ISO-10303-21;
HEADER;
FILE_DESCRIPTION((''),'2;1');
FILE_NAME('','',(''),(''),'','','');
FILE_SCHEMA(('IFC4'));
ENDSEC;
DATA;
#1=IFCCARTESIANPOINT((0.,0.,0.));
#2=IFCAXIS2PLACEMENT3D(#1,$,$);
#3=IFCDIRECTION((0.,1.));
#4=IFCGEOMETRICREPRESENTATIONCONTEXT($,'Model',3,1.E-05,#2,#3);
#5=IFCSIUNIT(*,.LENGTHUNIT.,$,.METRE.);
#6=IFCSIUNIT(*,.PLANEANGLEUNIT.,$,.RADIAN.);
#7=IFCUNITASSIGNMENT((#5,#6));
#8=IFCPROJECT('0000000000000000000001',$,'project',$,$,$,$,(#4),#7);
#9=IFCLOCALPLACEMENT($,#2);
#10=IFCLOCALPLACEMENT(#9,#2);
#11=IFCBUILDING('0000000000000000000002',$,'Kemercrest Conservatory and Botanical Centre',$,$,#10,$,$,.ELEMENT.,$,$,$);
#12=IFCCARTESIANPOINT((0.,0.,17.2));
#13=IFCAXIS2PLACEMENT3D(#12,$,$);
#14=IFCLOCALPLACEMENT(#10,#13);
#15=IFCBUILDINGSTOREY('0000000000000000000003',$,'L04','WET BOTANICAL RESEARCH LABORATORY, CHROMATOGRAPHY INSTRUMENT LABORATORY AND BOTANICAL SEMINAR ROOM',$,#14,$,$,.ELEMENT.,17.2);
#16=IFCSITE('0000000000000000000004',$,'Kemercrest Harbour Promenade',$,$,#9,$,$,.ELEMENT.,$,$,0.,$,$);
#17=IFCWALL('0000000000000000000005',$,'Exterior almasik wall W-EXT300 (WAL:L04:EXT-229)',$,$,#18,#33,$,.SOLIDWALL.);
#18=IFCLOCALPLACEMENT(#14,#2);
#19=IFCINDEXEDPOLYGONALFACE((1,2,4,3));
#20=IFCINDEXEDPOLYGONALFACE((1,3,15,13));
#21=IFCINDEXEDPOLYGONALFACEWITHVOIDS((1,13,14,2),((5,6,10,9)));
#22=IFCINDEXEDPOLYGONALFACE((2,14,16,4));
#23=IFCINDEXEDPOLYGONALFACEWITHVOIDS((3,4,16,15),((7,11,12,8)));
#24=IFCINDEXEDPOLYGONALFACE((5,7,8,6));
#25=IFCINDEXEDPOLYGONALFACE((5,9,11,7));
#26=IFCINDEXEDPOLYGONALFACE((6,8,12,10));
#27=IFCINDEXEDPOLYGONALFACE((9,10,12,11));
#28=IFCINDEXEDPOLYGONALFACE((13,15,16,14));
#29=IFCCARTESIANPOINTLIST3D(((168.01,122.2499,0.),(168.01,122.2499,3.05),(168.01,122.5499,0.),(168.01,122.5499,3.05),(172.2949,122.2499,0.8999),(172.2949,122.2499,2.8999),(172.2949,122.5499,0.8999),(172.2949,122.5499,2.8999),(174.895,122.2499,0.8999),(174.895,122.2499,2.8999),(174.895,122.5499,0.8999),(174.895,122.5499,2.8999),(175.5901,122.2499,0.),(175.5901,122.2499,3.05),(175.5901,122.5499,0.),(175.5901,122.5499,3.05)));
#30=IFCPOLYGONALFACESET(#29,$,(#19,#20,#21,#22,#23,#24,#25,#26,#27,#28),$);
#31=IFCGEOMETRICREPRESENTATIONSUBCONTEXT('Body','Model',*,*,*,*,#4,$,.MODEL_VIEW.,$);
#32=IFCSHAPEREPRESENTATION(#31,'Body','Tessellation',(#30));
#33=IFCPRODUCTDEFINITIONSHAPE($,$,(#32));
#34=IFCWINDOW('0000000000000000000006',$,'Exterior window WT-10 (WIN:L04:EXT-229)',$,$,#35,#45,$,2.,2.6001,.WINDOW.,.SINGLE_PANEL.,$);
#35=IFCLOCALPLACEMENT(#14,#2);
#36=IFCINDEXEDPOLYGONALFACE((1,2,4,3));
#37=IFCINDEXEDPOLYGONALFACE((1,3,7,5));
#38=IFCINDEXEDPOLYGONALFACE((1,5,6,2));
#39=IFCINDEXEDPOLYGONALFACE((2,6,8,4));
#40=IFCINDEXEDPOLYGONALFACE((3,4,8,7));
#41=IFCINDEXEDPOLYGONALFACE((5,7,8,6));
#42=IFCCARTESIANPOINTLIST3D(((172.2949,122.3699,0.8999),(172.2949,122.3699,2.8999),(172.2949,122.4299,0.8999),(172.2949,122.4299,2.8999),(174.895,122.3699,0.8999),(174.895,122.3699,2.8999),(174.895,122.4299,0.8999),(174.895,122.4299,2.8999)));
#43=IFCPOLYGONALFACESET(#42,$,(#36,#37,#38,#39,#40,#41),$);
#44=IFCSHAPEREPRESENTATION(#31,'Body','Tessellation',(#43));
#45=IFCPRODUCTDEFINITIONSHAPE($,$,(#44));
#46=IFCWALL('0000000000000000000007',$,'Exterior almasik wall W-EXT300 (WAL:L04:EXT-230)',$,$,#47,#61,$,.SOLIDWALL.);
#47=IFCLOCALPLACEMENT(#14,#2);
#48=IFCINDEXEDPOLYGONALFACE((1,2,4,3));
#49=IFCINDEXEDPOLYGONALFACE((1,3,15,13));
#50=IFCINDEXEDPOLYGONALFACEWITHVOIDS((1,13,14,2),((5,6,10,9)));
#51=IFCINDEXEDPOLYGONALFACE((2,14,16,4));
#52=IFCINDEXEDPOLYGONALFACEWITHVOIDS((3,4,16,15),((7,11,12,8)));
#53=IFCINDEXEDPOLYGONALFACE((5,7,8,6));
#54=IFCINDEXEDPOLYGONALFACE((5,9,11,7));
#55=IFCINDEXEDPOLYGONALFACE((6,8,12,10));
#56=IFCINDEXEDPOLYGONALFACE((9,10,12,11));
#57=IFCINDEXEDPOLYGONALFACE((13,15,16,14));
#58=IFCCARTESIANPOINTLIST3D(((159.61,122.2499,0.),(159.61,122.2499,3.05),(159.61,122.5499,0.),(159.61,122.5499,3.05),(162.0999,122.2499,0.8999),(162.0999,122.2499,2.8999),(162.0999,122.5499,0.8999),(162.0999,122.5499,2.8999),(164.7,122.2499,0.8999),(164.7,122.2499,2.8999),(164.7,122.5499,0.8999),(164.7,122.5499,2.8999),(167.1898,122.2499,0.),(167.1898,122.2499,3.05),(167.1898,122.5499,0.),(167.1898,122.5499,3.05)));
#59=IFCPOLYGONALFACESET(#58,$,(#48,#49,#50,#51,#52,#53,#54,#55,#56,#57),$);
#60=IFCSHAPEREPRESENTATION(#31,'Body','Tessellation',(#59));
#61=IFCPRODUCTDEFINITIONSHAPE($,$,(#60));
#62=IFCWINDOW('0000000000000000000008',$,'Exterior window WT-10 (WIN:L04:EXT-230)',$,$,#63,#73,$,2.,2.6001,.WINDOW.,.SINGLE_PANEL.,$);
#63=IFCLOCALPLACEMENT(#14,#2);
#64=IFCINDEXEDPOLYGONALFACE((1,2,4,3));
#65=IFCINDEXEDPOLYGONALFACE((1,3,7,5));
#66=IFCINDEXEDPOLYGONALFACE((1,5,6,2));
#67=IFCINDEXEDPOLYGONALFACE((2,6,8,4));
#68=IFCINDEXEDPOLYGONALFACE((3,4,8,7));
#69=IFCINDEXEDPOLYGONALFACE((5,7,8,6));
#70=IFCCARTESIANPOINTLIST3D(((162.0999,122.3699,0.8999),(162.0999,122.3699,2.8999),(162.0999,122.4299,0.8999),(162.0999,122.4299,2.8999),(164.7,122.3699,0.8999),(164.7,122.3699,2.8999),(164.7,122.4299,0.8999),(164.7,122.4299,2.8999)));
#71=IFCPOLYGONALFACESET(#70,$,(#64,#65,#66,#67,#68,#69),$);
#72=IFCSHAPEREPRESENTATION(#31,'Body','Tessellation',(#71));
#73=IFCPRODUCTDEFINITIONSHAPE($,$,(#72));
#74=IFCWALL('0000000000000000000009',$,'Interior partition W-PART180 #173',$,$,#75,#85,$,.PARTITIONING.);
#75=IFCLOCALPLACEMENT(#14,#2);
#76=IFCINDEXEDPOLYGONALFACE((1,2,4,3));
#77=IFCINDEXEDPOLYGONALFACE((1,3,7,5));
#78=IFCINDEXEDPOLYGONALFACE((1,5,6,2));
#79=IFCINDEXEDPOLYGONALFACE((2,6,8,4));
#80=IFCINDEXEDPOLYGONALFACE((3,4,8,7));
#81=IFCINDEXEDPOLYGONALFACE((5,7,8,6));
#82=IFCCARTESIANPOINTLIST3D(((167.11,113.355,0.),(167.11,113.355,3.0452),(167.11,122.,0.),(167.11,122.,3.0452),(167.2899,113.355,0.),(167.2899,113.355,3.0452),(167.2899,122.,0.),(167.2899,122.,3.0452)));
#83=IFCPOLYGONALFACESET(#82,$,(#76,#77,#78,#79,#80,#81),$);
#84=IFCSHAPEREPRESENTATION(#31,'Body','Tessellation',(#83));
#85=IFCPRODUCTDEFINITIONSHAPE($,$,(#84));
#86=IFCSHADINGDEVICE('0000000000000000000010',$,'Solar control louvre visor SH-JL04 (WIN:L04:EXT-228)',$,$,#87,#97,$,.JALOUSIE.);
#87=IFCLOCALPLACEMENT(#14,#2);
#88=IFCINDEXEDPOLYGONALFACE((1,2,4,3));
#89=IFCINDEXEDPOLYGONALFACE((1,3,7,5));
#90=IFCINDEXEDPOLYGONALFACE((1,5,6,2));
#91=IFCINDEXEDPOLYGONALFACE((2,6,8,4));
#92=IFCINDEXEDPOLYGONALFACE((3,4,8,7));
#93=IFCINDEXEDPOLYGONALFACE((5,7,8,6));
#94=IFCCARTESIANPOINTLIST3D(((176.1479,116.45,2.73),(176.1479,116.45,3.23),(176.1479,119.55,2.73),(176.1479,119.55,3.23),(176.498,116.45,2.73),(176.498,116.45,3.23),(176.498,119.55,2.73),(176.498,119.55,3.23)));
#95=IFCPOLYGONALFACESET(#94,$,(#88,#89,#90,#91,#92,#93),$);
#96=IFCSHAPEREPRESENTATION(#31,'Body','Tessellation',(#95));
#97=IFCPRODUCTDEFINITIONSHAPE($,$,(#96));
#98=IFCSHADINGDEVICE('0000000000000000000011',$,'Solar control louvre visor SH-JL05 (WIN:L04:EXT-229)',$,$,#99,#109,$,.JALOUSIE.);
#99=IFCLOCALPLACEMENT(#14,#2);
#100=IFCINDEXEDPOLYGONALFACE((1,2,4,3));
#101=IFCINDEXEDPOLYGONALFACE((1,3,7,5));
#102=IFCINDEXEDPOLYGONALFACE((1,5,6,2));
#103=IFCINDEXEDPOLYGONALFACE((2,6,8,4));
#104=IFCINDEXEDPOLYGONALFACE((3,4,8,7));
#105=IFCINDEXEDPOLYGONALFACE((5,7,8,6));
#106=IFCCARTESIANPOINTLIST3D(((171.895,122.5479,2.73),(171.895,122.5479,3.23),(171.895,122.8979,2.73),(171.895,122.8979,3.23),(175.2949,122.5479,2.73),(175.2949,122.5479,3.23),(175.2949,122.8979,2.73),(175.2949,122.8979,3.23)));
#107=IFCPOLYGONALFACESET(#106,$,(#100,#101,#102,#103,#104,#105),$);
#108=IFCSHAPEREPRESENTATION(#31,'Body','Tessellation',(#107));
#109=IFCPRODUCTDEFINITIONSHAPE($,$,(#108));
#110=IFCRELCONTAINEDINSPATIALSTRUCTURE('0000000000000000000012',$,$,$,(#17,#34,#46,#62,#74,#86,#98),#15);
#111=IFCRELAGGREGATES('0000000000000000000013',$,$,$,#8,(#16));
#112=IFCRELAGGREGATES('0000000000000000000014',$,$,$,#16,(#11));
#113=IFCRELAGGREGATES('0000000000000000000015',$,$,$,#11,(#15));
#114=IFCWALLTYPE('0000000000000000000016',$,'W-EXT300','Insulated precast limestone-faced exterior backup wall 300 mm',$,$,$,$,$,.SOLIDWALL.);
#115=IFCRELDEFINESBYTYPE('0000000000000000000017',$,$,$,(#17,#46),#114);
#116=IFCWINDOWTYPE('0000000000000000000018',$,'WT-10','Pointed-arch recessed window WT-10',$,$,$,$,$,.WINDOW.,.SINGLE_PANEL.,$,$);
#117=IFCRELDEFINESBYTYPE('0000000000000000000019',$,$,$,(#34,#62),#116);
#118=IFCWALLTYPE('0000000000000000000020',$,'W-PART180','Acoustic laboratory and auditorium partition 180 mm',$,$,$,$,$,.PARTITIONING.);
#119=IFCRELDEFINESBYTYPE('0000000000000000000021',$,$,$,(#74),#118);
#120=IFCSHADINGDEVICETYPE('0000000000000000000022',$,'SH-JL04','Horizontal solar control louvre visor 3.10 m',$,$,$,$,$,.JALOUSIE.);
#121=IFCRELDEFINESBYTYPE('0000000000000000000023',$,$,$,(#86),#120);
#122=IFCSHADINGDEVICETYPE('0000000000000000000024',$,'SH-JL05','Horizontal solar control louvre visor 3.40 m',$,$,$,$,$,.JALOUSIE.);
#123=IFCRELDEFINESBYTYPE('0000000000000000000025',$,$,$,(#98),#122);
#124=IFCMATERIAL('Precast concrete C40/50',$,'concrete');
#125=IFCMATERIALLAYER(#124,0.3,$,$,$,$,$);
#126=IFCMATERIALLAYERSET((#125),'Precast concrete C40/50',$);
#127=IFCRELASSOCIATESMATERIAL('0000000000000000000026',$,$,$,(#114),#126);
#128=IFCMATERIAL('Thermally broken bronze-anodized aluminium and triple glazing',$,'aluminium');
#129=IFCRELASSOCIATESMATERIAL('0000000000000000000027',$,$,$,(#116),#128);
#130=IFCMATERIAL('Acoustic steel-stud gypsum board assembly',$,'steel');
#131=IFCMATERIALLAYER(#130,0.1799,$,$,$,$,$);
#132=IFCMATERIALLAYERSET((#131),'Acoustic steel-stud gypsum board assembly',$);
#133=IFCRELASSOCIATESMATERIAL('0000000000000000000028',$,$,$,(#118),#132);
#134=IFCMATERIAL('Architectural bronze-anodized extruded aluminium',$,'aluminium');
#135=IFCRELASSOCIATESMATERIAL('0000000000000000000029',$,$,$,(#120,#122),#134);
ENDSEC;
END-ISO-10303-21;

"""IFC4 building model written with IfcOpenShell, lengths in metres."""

from ifc_helpers import new_model, si_unit, direction, frame, frame_2d, origin, origin_2d, place, context, subcontext, project, spatial, rectangle, extrude, material, layer, layer_set, type_object, element, fill, save


model = new_model("IFC4")

# Units and contexts
model_context = context("Model", 3, precision=1e-05, world=origin(), true_north=direction((0.0, 1.0)))
body_context = subcontext(model_context, "Body", "Model", "MODEL_VIEW")
ifc_project = project(units=[si_unit("LENGTHUNIT", "METRE"), si_unit("PLANEANGLEUNIT", "RADIAN")], contexts=[model_context])

# Site, building, storey
site_placement = place(None, origin())
site = spatial("IfcSite", under=ifc_project, at=site_placement, Name="Kemercrest Harbour Promenade", CompositionType="ELEMENT", RefElevation=0.0)
building_placement = place(site_placement, origin())
building = spatial("IfcBuilding", under=site, at=building_placement, Name="Kemercrest Conservatory and Botanical Centre", CompositionType="ELEMENT")
storey_placement = place(building_placement, frame((0.0, 0.0, 17.2)))
storey = spatial("IfcBuildingStorey", under=building, at=storey_placement, Name="L04", Description="WET BOTANICAL RESEARCH LABORATORY, CHROMATOGRAPHY INSTRUMENT LABORATORY AND BOTANICAL SEMINAR ROOM", CompositionType="ELEMENT", Elevation=17.2)

# Walls, openings, windows
ifc_material_1 = material(Name="Precast concrete C40/50", Category="concrete")
ifc_layer_1 = layer(ifc_material_1, 0.3)
ifc_layer_set_1 = layer_set([ifc_layer_1], Name="Precast concrete C40/50")
wall_type_1 = type_object("IfcWallType", Name="W-EXT300", Description="Insulated precast limestone-faced exterior backup wall 300 mm", PredefinedType="SOLIDWALL", material=ifc_layer_set_1)
ifc_material_2 = material(Name="Thermally broken bronze-anodized aluminium and triple glazing", Category="aluminium")
window_type = type_object("IfcWindowType", Name="WT-10", Description="Pointed-arch recessed window WT-10", PartitioningType="SINGLE_PANEL", PredefinedType="WINDOW", material=ifc_material_2)
wall_1_placement = place(storey_placement, frame((175.5901, 122.3999, 0.0), z_axis=(0.0, 0.0, 1.0), x_axis=(-1.0, 0.0, 0.0)))
wall_1 = element("IfcWall", 1, at=wall_1_placement, inside=storey, type_object=wall_type_1, Name="Exterior almasik wall W-EXT300 (WAL:L04:EXT-229)", PredefinedType="SOLIDWALL", context=body_context, shape_type="SweptSolid", body=[
    extrude(rectangle(XDim=7.5801, YDim=0.3, at=frame_2d((3.79, 0.0))), origin(), (0.0, 0.0, 1.0), 3.05),
])
opening_1_placement = place(wall_1_placement, frame((0.6951, 0.0, 0.8999)))
opening_1 = element("IfcOpeningElement", 2, at=opening_1_placement, cuts=wall_1, PredefinedType="OPENING", context=body_context, shape_type="SweptSolid", body=[
    extrude(rectangle(XDim=2.6001, YDim=2.0, at=frame_2d((1.3, 1.0))), frame((0.0, 0.1602, 0.0), z_axis=(0.0, -1.0, 0.0), x_axis=(1.0, 0.0, 0.0)), (0.0, 0.0, 1.0), 0.3201),
])
window_1_placement = place(opening_1_placement, origin())
window_1 = element("IfcWindow", 3, at=window_1_placement, inside=storey, type_object=window_type, Name="Exterior window WT-10 (WIN:L04:EXT-229)", OverallHeight=2.0, OverallWidth=2.6001, PartitioningType="SINGLE_PANEL", PredefinedType="WINDOW", context=body_context, shape_type="SweptSolid", body=[
    extrude(rectangle(XDim=2.6001, YDim=2.0, at=frame_2d((1.3, 1.0))), frame((0.0, 0.03, 0.0), z_axis=(0.0, -1.0, 0.0), x_axis=(1.0, 0.0, 0.0)), (0.0, 0.0, 1.0), 0.0601),
])
fill(opening_1, window_1)
wall_2_placement = place(storey_placement, frame((167.1899, 122.3999, 0.0), z_axis=(0.0, 0.0, 1.0), x_axis=(-1.0, 0.0, 0.0)))
wall_2 = element("IfcWall", 4, at=wall_2_placement, inside=storey, type_object=wall_type_1, Name="Exterior almasik wall W-EXT300 (WAL:L04:EXT-230)", PredefinedType="SOLIDWALL", context=body_context, shape_type="SweptSolid", body=[
    extrude(rectangle(XDim=7.5798, YDim=0.3, at=frame_2d((3.79, 0.0))), origin(), (0.0, 0.0, 1.0), 3.05),
])
opening_2_placement = place(wall_2_placement, frame((2.49, 0.0, 0.8999)))
opening_2 = element("IfcOpeningElement", 5, at=opening_2_placement, cuts=wall_2, PredefinedType="OPENING", context=body_context, shape_type="SweptSolid", body=[
    extrude(rectangle(XDim=2.6001, YDim=2.0, at=frame_2d((1.3, 1.0))), frame((0.0, 0.1602, 0.0), z_axis=(0.0, -1.0, 0.0), x_axis=(1.0, 0.0, 0.0)), (0.0, 0.0, 1.0), 0.3201),
])
window_2_placement = place(opening_2_placement, origin())
window_2 = element("IfcWindow", 6, at=window_2_placement, inside=storey, type_object=window_type, Name="Exterior window WT-10 (WIN:L04:EXT-230)", OverallHeight=2.0, OverallWidth=2.6001, PartitioningType="SINGLE_PANEL", PredefinedType="WINDOW", context=body_context, shape_type="SweptSolid", body=[
    extrude(rectangle(XDim=2.6001, YDim=2.0, at=frame_2d((1.3, 1.0))), frame((0.0, 0.03, 0.0), z_axis=(0.0, -1.0, 0.0), x_axis=(1.0, 0.0, 0.0)), (0.0, 0.0, 1.0), 0.0601),
])
fill(opening_2, window_2)

# Wall
ifc_material_3 = material(Name="Acoustic steel-stud gypsum board assembly", Category="steel")
ifc_layer_2 = layer(ifc_material_3, 0.1799)
ifc_layer_set_2 = layer_set([ifc_layer_2], Name="Acoustic steel-stud gypsum board assembly")
wall_type_2 = type_object("IfcWallType", Name="W-PART180", Description="Acoustic laboratory and auditorium partition 180 mm", PredefinedType="PARTITIONING", material=ifc_layer_set_2)
wall_3_placement = place(storey_placement, frame((167.2, 113.355, 0.0), z_axis=(0.0, 0.0, 1.0), x_axis=(0.0, 1.0, 0.0)))
element("IfcWall", 7, at=wall_3_placement, inside=storey, type_object=wall_type_2, Name="Interior partition W-PART180 #173", PredefinedType="PARTITIONING", context=body_context, shape_type="SweptSolid", body=[
    extrude(rectangle(XDim=8.645, YDim=0.1799, at=frame_2d((4.3225, 0.0))), origin(), (0.0, 0.0, 1.0), 3.0452),
])

# Shading devices
ifc_material_4 = material(Name="Architectural bronze-anodized extruded aluminium", Category="aluminium")
shading_device_type_1 = type_object("IfcShadingDeviceType", Name="SH-JL04", Description="Horizontal solar control louvre visor 3.10 m", PredefinedType="JALOUSIE", material=ifc_material_4)
shading_device_1_placement = place(storey_placement, frame((176.323, 118.0, 2.73), z_axis=(0.0, 0.0, 1.0), x_axis=(0.0, 1.0, 0.0)))
element("IfcShadingDevice", 8, at=shading_device_1_placement, inside=storey, type_object=shading_device_type_1, Name="Solar control louvre visor SH-JL04 (WIN:L04:EXT-228)", PredefinedType="JALOUSIE", context=body_context, shape_type="SweptSolid", body=[
    extrude(rectangle(XDim=3.1001, YDim=0.3501, at=origin_2d()), origin(), (0.0, 0.0, 1.0), 0.5),
])
shading_device_type_2 = type_object("IfcShadingDeviceType", Name="SH-JL05", Description="Horizontal solar control louvre visor 3.40 m", PredefinedType="JALOUSIE", material=ifc_material_4)
shading_device_2_placement = place(storey_placement, frame((173.595, 122.7229, 2.73), z_axis=(0.0, 0.0, 1.0), x_axis=(-1.0, 0.0, 0.0)))
element("IfcShadingDevice", 9, at=shading_device_2_placement, inside=storey, type_object=shading_device_type_2, Name="Solar control louvre visor SH-JL05 (WIN:L04:EXT-229)", PredefinedType="JALOUSIE", context=body_context, shape_type="SweptSolid", body=[
    extrude(rectangle(XDim=3.3999, YDim=0.3501, at=origin_2d()), origin(), (0.0, 0.0, 1.0), 0.5),
])

save(model, "model.ifc")
